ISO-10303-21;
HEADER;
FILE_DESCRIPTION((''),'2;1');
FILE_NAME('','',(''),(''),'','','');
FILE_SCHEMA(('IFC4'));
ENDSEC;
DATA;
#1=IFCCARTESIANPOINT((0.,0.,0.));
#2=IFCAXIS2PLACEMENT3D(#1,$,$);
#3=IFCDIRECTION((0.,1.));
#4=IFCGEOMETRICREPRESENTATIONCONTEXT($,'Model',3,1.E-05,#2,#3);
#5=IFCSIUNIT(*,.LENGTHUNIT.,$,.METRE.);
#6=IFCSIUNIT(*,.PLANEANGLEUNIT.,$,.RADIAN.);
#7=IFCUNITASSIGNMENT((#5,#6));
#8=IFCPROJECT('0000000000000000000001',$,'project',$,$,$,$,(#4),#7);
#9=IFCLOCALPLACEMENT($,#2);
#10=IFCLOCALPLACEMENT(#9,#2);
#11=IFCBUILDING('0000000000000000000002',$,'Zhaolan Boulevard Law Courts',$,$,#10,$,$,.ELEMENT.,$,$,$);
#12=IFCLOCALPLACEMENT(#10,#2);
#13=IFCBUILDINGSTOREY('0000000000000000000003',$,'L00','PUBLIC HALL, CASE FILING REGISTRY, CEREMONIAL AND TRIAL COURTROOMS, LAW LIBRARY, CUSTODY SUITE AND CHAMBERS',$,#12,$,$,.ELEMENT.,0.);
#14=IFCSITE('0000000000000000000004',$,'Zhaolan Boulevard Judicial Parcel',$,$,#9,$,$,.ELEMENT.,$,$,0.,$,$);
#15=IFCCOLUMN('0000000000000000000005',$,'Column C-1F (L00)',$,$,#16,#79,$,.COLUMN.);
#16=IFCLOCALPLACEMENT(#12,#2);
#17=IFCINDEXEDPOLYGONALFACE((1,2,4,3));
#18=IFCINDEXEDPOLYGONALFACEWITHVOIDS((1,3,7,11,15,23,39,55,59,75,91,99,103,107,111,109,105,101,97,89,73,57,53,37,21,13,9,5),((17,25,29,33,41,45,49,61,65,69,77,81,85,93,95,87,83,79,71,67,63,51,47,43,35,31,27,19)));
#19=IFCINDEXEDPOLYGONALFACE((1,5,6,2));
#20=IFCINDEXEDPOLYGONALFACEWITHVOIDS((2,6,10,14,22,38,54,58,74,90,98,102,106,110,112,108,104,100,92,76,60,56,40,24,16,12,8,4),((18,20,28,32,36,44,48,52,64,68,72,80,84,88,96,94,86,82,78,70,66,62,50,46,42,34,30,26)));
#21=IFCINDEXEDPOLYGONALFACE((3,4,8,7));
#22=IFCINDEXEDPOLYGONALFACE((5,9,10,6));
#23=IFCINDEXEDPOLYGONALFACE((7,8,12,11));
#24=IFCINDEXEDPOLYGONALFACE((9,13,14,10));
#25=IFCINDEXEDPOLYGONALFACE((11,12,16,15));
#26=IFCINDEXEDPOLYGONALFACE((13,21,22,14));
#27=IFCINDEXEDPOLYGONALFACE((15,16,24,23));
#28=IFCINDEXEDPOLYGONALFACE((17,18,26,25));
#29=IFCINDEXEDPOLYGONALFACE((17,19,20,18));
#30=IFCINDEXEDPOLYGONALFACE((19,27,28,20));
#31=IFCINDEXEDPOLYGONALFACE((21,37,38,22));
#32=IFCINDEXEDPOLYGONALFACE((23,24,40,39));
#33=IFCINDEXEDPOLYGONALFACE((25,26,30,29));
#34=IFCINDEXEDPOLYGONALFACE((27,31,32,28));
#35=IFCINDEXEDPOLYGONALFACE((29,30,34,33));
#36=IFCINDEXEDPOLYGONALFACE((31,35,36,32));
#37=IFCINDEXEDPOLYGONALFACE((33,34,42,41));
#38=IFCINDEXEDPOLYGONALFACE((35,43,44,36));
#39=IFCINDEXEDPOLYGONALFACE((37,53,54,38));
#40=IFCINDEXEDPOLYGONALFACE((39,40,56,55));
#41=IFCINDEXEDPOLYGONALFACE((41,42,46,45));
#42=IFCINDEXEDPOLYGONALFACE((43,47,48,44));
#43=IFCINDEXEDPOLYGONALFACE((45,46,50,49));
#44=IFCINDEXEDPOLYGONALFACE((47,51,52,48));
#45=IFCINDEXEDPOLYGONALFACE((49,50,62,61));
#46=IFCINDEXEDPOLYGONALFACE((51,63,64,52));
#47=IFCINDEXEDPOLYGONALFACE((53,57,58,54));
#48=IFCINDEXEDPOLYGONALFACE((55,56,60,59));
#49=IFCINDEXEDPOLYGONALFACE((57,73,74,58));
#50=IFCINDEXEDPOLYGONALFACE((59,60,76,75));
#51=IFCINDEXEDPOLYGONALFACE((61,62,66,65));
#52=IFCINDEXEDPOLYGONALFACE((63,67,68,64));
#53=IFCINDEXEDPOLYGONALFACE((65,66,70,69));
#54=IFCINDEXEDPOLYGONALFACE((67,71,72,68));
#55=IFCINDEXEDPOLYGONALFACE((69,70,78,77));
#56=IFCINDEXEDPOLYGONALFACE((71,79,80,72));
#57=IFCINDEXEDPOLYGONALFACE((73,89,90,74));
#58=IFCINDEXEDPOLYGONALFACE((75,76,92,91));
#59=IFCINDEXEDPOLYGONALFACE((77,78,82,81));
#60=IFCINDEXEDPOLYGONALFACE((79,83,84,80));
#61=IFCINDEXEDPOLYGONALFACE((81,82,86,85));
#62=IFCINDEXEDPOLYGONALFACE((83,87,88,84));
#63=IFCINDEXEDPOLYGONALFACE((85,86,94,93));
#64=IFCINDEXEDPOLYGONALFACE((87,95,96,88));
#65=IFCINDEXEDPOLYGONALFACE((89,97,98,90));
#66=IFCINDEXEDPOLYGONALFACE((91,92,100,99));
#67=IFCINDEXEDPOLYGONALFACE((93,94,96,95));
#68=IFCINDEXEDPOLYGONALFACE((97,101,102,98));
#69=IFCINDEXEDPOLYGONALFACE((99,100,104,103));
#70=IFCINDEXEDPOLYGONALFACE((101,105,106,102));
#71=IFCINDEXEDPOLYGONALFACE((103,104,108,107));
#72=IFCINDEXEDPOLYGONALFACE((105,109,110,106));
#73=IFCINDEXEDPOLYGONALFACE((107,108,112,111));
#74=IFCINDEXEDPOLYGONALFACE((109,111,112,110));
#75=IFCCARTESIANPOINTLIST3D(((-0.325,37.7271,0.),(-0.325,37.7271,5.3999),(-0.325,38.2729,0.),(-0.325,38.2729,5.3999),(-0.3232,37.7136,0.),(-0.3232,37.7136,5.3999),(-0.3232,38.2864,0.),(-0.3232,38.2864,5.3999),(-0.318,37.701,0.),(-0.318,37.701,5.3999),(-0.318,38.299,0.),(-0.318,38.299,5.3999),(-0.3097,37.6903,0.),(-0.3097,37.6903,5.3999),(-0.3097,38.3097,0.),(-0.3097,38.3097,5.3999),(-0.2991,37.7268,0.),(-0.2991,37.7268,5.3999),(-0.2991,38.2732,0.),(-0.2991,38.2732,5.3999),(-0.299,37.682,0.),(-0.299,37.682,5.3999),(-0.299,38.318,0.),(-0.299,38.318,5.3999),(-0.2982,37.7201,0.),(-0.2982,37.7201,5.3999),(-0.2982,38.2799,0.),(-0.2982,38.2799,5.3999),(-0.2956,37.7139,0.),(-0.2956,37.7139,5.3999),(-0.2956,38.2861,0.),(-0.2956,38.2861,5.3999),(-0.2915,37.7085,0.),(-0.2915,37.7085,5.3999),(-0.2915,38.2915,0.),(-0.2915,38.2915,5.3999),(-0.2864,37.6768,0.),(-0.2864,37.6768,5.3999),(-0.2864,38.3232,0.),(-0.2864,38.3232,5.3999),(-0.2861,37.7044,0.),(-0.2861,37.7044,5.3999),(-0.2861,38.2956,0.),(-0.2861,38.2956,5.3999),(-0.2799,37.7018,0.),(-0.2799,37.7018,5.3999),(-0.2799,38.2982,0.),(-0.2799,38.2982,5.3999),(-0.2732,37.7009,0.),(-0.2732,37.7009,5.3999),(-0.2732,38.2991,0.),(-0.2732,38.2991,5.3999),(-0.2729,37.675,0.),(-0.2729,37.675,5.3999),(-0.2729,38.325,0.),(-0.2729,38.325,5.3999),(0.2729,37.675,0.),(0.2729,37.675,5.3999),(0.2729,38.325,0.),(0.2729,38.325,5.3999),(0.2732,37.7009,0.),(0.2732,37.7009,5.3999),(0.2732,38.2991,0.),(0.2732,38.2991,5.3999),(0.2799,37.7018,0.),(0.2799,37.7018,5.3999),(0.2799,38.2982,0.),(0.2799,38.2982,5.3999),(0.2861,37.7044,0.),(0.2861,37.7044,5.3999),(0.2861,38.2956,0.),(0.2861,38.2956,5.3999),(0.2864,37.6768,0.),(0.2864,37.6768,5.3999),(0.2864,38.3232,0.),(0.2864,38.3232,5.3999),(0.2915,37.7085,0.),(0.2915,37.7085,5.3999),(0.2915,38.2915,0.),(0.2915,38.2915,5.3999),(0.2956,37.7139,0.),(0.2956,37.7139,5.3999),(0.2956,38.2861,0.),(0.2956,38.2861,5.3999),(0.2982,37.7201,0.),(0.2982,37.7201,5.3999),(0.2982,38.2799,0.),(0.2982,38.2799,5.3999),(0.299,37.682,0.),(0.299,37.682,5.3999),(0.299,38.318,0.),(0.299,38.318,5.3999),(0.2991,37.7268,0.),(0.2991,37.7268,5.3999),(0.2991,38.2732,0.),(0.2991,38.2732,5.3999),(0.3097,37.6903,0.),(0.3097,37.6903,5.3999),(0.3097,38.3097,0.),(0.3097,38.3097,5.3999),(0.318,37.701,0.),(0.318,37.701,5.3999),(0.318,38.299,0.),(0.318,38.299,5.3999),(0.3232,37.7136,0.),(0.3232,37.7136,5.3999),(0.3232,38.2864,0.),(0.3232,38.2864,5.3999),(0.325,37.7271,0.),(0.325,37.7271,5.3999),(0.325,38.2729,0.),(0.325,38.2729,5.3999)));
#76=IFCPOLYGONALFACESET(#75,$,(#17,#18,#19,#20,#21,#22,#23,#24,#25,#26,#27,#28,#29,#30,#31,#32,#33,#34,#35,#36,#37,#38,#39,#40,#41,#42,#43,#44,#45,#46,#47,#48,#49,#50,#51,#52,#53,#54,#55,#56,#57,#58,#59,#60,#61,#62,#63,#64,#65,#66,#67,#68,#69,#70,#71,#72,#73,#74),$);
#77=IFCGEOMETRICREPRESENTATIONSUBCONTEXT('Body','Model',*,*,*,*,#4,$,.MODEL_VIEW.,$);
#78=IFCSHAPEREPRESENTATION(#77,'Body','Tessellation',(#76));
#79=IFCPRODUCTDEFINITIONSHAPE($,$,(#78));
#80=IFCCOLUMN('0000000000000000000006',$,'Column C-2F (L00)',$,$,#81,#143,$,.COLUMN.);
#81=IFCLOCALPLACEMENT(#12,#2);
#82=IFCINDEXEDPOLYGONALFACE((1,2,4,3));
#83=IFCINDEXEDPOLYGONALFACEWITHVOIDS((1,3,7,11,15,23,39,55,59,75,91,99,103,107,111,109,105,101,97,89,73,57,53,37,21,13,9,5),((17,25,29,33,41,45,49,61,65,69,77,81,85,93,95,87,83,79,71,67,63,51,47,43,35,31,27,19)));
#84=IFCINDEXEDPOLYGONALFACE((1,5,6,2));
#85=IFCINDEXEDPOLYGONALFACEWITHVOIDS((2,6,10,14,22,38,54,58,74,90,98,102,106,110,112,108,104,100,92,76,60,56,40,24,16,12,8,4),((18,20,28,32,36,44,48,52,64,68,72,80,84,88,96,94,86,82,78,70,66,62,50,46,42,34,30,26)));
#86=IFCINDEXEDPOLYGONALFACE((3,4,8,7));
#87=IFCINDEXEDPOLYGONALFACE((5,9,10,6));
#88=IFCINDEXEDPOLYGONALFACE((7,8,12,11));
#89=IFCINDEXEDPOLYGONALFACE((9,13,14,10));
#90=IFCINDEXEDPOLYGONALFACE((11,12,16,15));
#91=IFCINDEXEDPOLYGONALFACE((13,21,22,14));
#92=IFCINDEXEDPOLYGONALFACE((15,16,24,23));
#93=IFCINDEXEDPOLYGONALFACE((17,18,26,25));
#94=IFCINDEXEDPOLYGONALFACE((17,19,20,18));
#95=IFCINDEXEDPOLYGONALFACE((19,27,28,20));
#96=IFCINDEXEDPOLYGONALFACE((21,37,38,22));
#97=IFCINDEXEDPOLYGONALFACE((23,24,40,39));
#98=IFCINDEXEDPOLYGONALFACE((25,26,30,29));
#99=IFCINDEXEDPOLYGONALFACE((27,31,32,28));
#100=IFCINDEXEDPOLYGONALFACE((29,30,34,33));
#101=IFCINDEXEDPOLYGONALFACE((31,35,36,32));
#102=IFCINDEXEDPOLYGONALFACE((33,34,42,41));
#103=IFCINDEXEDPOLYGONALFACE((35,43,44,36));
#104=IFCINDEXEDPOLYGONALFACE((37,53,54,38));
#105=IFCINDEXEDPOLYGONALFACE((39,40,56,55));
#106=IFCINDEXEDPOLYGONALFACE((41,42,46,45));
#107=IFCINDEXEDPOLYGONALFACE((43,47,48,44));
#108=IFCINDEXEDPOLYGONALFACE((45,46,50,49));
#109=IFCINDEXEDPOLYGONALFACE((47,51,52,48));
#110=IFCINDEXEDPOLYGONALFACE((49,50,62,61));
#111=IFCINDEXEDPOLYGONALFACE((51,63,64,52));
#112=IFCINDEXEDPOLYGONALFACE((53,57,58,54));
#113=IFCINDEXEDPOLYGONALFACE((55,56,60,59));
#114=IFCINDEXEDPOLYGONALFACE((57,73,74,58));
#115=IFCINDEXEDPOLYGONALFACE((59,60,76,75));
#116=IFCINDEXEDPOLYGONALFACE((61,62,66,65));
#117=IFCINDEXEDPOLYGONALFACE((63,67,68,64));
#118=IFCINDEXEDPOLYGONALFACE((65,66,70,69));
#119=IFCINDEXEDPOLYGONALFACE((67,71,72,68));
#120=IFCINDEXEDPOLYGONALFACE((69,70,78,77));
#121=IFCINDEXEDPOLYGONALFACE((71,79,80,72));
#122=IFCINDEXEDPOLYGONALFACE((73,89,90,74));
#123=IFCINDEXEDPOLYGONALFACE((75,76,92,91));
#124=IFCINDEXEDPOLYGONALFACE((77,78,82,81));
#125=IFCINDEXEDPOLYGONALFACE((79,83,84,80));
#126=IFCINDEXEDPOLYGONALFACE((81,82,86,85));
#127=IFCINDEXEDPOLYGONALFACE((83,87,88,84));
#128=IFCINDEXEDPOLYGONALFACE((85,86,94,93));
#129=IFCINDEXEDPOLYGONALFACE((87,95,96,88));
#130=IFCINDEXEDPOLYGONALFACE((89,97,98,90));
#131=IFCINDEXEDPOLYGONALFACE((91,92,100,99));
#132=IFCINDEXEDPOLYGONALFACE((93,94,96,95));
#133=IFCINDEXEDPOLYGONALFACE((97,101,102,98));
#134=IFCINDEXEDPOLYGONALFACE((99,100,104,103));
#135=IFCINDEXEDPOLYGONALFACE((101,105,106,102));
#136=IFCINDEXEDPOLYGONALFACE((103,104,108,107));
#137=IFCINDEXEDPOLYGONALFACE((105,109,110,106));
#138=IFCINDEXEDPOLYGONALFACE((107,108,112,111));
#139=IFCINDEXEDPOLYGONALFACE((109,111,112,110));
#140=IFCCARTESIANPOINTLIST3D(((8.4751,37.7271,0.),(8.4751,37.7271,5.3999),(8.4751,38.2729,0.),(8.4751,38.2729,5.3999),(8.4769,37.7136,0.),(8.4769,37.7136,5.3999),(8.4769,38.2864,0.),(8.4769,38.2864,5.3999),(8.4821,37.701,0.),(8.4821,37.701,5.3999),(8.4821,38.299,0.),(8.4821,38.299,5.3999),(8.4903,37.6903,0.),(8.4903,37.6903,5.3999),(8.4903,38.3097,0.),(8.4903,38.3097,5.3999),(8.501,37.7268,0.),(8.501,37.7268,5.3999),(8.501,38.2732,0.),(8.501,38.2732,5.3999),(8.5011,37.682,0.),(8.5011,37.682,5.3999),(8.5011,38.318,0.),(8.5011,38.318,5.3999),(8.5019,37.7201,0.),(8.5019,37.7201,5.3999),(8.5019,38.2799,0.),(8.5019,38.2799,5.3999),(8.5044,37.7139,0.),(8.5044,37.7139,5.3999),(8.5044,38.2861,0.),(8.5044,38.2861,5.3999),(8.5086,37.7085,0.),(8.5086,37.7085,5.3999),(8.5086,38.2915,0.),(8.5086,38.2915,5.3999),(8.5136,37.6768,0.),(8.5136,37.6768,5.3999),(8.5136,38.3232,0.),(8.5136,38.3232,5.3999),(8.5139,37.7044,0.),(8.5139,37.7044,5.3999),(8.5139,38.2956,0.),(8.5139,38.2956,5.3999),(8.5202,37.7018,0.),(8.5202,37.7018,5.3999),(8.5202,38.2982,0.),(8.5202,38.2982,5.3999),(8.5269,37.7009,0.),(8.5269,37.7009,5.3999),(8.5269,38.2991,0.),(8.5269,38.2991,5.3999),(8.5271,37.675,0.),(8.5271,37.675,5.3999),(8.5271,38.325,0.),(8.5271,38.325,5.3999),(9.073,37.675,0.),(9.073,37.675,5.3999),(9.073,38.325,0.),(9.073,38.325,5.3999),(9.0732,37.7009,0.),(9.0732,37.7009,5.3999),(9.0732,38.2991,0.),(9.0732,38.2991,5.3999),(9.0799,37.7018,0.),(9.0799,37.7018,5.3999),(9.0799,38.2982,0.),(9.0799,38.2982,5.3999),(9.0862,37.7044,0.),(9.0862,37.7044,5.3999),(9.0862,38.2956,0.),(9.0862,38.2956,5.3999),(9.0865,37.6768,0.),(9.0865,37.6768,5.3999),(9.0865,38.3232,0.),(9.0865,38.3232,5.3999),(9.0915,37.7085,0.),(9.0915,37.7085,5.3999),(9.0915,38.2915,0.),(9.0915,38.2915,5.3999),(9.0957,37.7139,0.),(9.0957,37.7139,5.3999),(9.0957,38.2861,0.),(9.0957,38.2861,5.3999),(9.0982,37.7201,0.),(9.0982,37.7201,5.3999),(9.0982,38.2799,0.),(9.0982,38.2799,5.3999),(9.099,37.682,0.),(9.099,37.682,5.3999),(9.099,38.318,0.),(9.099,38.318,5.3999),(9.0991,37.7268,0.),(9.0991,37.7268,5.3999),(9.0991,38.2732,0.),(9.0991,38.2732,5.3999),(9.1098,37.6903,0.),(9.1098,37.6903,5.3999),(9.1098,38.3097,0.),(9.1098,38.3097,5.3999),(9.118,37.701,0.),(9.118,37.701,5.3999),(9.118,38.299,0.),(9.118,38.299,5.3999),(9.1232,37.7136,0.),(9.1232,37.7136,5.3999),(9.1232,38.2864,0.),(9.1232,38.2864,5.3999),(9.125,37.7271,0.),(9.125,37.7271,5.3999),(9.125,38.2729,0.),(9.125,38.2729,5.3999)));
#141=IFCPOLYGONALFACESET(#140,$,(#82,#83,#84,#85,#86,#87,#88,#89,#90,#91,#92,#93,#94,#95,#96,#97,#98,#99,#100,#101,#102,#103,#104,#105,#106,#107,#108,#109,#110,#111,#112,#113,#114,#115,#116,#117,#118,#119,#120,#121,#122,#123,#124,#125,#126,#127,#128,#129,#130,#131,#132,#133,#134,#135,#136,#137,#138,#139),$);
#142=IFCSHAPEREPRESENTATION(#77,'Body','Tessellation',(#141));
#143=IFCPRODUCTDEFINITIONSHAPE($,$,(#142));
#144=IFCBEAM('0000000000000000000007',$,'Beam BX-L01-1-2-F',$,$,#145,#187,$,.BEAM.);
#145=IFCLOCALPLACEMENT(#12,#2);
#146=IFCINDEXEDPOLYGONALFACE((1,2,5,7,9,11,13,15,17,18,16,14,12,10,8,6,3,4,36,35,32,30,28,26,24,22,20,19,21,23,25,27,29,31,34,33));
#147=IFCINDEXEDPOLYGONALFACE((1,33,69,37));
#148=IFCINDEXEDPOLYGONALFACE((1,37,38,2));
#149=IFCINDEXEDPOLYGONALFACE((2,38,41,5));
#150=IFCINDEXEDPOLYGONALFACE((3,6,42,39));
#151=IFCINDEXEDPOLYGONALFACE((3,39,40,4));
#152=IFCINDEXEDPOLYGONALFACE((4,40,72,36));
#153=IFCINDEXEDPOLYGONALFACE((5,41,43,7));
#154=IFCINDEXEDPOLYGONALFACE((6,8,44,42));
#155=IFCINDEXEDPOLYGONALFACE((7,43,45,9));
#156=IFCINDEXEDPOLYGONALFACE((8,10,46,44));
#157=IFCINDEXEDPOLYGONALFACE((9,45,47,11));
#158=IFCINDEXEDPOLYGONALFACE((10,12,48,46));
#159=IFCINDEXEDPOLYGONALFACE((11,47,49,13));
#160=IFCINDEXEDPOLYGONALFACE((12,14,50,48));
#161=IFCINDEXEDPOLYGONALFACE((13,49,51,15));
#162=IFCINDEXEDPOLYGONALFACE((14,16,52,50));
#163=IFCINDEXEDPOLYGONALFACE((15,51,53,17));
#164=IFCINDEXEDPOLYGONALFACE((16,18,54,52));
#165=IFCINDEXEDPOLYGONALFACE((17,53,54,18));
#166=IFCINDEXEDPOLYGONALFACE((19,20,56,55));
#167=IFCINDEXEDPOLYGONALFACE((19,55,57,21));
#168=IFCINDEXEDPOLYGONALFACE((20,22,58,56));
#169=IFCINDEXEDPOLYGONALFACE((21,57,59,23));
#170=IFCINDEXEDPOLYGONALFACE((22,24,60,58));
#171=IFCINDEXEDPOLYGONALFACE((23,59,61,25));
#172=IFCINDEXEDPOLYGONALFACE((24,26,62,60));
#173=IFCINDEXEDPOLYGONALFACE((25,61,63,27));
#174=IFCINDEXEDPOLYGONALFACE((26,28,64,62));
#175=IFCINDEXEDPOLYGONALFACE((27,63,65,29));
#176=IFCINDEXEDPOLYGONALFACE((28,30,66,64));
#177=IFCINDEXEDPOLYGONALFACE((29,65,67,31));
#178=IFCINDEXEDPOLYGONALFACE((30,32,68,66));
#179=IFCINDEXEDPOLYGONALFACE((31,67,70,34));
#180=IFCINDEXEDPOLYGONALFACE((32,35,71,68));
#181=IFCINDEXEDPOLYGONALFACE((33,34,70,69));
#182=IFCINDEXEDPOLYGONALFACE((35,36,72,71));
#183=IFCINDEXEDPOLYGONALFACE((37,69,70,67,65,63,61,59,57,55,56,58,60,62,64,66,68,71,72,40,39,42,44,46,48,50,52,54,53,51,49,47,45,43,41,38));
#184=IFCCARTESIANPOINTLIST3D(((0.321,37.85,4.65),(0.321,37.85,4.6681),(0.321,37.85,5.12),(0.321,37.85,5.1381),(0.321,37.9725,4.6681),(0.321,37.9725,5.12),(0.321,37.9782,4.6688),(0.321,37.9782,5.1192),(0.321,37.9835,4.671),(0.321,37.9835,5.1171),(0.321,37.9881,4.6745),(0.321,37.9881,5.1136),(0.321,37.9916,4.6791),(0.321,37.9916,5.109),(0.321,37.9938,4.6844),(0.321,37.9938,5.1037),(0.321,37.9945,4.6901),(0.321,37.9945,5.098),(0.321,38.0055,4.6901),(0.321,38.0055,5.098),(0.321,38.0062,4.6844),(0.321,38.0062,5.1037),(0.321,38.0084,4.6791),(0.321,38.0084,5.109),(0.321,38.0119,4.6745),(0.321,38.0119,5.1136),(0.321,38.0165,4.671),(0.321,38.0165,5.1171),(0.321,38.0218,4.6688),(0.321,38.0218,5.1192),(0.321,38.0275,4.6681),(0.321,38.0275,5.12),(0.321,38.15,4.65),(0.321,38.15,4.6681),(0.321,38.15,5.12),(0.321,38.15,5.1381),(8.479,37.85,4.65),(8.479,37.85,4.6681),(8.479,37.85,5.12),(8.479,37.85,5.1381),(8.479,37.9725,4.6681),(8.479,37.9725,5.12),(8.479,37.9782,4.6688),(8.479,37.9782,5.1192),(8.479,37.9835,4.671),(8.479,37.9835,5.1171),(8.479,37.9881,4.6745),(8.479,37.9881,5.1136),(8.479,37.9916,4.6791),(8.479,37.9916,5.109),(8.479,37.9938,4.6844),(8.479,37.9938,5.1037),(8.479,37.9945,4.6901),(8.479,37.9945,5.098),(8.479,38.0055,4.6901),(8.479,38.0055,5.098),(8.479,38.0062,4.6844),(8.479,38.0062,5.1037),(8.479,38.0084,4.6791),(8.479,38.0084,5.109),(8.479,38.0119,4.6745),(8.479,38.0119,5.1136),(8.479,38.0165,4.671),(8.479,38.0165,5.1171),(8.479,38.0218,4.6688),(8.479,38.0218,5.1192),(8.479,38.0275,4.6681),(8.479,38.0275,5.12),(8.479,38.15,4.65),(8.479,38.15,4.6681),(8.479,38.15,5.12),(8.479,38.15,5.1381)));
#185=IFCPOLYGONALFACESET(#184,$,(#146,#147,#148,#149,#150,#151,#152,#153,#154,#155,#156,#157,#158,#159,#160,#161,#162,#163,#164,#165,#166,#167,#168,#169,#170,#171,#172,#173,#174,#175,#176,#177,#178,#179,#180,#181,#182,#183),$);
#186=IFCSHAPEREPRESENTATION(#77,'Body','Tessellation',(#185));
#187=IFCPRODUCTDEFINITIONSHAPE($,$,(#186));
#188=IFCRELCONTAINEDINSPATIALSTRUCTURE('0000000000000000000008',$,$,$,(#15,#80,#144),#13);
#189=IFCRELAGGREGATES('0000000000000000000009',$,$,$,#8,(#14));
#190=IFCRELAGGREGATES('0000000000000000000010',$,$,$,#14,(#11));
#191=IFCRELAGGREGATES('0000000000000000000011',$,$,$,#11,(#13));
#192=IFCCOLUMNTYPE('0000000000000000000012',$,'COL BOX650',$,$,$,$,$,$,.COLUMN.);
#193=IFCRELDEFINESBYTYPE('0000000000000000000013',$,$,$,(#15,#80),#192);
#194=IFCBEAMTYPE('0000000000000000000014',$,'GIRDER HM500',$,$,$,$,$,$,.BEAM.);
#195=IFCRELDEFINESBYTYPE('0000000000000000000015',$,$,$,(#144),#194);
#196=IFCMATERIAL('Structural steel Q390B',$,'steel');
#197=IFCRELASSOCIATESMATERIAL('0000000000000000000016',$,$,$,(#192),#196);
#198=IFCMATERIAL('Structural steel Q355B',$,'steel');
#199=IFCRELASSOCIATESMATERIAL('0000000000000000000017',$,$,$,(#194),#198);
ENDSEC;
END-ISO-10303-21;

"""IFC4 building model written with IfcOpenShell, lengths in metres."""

from ifc_helpers import new_model, si_unit, direction, frame, origin, origin_2d, place, context, subcontext, project, spatial, hollow_rectangle, i_section, extrude, material, material_profile, profile_set, type_object, element, save


model = new_model("IFC4")

# Units and contexts
model_context = context("Model", 3, precision=1e-05, world=origin(), true_north=direction((0.0, 1.0)))
body_context = subcontext(model_context, "Body", "Model", "MODEL_VIEW")
ifc_project = project(units=[si_unit("LENGTHUNIT", "METRE"), si_unit("PLANEANGLEUNIT", "RADIAN")], contexts=[model_context])

# Site, building, storey
site_placement = place(None, origin())
site = spatial("IfcSite", under=ifc_project, at=site_placement, Name="Zhaolan Boulevard Judicial Parcel", CompositionType="ELEMENT", RefElevation=0.0)
building_placement = place(site_placement, origin())
building = spatial("IfcBuilding", under=site, at=building_placement, Name="Zhaolan Boulevard Law Courts", CompositionType="ELEMENT")
storey_placement = place(building_placement, origin())
storey = spatial("IfcBuildingStorey", under=building, at=storey_placement, Name="L00", Description="PUBLIC HALL, CASE FILING REGISTRY, CEREMONIAL AND TRIAL COURTROOMS, LAW LIBRARY, CUSTODY SUITE AND CHAMBERS", CompositionType="ELEMENT", Elevation=0.0)

# Columns
ifc_material_1 = material(Name="Structural steel Q390B", Category="steel")
ifc_material_profile_1 = material_profile(ifc_material_1, hollow_rectangle(XDim=0.6499, YDim=0.6499, WallThickness=0.0259, InnerFilletRadius=0.0259, OuterFilletRadius=0.052, at=origin_2d()), Name="BOX650x650x26")
ifc_profile_set_1 = profile_set([ifc_material_profile_1], Name="Structural steel Q390B")
column_type = type_object("IfcColumnType", Name="COL BOX650", PredefinedType="COLUMN", material=ifc_profile_set_1)
for number, where, z_axis, x_axis, name in (
    (1, (0.0, 38.0, 0.0), (0.0, 0.0, 1.0), (1.0, 0.0, 0.0), "Column C-1F (L00)"),
    (2, (8.8, 38.0, 0.0), (0.0, 0.0, 1.0), (1.0, 0.0, 0.0), "Column C-2F (L00)"),
):
    element("IfcColumn", number, at=place(storey_placement, frame(where, z_axis=z_axis, x_axis=x_axis)), inside=storey, type_object=column_type, Name=name, PredefinedType="COLUMN", context=body_context, shape_type="SweptSolid", body=[
        extrude(hollow_rectangle(XDim=0.6499, YDim=0.6499, WallThickness=0.0259, InnerFilletRadius=0.0259, OuterFilletRadius=0.052, at=origin_2d()), origin(), (0.0, 0.0, 1.0), 5.3999),
    ])

# Beam
ifc_material_2 = material(Name="Structural steel Q355B", Category="steel")
ifc_material_profile_2 = material_profile(ifc_material_2, i_section(OverallWidth=0.3, OverallDepth=0.488, WebThickness=0.011, FlangeThickness=0.0181, FilletRadius=0.022, at=origin_2d()), Name="HM488x300")
ifc_profile_set_2 = profile_set([ifc_material_profile_2], Name="Structural steel Q355B")
beam_type_1 = type_object("IfcBeamType", Name="GIRDER HM500", PredefinedType="BEAM", material=ifc_profile_set_2)
for number, where, z_axis, x_axis, name in (
    (3, (0.321, 38.0, 4.894), (1.0, 0.0, 0.0), (0.0, 1.0, 0.0), "Beam BX-L01-1-2-F"),
):
    element("IfcBeam", number, at=place(storey_placement, frame(where, z_axis=z_axis, x_axis=x_axis)), inside=storey, type_object=beam_type_1, Name=name, PredefinedType="BEAM", context=body_context, shape_type="SweptSolid", body=[
        extrude(i_section(OverallWidth=0.3, OverallDepth=0.488, WebThickness=0.011, FlangeThickness=0.0181, FilletRadius=0.022, at=origin_2d()), origin(), (0.0, 0.0, 1.0), 8.158),
    ])

save(model, "model.ifc")
